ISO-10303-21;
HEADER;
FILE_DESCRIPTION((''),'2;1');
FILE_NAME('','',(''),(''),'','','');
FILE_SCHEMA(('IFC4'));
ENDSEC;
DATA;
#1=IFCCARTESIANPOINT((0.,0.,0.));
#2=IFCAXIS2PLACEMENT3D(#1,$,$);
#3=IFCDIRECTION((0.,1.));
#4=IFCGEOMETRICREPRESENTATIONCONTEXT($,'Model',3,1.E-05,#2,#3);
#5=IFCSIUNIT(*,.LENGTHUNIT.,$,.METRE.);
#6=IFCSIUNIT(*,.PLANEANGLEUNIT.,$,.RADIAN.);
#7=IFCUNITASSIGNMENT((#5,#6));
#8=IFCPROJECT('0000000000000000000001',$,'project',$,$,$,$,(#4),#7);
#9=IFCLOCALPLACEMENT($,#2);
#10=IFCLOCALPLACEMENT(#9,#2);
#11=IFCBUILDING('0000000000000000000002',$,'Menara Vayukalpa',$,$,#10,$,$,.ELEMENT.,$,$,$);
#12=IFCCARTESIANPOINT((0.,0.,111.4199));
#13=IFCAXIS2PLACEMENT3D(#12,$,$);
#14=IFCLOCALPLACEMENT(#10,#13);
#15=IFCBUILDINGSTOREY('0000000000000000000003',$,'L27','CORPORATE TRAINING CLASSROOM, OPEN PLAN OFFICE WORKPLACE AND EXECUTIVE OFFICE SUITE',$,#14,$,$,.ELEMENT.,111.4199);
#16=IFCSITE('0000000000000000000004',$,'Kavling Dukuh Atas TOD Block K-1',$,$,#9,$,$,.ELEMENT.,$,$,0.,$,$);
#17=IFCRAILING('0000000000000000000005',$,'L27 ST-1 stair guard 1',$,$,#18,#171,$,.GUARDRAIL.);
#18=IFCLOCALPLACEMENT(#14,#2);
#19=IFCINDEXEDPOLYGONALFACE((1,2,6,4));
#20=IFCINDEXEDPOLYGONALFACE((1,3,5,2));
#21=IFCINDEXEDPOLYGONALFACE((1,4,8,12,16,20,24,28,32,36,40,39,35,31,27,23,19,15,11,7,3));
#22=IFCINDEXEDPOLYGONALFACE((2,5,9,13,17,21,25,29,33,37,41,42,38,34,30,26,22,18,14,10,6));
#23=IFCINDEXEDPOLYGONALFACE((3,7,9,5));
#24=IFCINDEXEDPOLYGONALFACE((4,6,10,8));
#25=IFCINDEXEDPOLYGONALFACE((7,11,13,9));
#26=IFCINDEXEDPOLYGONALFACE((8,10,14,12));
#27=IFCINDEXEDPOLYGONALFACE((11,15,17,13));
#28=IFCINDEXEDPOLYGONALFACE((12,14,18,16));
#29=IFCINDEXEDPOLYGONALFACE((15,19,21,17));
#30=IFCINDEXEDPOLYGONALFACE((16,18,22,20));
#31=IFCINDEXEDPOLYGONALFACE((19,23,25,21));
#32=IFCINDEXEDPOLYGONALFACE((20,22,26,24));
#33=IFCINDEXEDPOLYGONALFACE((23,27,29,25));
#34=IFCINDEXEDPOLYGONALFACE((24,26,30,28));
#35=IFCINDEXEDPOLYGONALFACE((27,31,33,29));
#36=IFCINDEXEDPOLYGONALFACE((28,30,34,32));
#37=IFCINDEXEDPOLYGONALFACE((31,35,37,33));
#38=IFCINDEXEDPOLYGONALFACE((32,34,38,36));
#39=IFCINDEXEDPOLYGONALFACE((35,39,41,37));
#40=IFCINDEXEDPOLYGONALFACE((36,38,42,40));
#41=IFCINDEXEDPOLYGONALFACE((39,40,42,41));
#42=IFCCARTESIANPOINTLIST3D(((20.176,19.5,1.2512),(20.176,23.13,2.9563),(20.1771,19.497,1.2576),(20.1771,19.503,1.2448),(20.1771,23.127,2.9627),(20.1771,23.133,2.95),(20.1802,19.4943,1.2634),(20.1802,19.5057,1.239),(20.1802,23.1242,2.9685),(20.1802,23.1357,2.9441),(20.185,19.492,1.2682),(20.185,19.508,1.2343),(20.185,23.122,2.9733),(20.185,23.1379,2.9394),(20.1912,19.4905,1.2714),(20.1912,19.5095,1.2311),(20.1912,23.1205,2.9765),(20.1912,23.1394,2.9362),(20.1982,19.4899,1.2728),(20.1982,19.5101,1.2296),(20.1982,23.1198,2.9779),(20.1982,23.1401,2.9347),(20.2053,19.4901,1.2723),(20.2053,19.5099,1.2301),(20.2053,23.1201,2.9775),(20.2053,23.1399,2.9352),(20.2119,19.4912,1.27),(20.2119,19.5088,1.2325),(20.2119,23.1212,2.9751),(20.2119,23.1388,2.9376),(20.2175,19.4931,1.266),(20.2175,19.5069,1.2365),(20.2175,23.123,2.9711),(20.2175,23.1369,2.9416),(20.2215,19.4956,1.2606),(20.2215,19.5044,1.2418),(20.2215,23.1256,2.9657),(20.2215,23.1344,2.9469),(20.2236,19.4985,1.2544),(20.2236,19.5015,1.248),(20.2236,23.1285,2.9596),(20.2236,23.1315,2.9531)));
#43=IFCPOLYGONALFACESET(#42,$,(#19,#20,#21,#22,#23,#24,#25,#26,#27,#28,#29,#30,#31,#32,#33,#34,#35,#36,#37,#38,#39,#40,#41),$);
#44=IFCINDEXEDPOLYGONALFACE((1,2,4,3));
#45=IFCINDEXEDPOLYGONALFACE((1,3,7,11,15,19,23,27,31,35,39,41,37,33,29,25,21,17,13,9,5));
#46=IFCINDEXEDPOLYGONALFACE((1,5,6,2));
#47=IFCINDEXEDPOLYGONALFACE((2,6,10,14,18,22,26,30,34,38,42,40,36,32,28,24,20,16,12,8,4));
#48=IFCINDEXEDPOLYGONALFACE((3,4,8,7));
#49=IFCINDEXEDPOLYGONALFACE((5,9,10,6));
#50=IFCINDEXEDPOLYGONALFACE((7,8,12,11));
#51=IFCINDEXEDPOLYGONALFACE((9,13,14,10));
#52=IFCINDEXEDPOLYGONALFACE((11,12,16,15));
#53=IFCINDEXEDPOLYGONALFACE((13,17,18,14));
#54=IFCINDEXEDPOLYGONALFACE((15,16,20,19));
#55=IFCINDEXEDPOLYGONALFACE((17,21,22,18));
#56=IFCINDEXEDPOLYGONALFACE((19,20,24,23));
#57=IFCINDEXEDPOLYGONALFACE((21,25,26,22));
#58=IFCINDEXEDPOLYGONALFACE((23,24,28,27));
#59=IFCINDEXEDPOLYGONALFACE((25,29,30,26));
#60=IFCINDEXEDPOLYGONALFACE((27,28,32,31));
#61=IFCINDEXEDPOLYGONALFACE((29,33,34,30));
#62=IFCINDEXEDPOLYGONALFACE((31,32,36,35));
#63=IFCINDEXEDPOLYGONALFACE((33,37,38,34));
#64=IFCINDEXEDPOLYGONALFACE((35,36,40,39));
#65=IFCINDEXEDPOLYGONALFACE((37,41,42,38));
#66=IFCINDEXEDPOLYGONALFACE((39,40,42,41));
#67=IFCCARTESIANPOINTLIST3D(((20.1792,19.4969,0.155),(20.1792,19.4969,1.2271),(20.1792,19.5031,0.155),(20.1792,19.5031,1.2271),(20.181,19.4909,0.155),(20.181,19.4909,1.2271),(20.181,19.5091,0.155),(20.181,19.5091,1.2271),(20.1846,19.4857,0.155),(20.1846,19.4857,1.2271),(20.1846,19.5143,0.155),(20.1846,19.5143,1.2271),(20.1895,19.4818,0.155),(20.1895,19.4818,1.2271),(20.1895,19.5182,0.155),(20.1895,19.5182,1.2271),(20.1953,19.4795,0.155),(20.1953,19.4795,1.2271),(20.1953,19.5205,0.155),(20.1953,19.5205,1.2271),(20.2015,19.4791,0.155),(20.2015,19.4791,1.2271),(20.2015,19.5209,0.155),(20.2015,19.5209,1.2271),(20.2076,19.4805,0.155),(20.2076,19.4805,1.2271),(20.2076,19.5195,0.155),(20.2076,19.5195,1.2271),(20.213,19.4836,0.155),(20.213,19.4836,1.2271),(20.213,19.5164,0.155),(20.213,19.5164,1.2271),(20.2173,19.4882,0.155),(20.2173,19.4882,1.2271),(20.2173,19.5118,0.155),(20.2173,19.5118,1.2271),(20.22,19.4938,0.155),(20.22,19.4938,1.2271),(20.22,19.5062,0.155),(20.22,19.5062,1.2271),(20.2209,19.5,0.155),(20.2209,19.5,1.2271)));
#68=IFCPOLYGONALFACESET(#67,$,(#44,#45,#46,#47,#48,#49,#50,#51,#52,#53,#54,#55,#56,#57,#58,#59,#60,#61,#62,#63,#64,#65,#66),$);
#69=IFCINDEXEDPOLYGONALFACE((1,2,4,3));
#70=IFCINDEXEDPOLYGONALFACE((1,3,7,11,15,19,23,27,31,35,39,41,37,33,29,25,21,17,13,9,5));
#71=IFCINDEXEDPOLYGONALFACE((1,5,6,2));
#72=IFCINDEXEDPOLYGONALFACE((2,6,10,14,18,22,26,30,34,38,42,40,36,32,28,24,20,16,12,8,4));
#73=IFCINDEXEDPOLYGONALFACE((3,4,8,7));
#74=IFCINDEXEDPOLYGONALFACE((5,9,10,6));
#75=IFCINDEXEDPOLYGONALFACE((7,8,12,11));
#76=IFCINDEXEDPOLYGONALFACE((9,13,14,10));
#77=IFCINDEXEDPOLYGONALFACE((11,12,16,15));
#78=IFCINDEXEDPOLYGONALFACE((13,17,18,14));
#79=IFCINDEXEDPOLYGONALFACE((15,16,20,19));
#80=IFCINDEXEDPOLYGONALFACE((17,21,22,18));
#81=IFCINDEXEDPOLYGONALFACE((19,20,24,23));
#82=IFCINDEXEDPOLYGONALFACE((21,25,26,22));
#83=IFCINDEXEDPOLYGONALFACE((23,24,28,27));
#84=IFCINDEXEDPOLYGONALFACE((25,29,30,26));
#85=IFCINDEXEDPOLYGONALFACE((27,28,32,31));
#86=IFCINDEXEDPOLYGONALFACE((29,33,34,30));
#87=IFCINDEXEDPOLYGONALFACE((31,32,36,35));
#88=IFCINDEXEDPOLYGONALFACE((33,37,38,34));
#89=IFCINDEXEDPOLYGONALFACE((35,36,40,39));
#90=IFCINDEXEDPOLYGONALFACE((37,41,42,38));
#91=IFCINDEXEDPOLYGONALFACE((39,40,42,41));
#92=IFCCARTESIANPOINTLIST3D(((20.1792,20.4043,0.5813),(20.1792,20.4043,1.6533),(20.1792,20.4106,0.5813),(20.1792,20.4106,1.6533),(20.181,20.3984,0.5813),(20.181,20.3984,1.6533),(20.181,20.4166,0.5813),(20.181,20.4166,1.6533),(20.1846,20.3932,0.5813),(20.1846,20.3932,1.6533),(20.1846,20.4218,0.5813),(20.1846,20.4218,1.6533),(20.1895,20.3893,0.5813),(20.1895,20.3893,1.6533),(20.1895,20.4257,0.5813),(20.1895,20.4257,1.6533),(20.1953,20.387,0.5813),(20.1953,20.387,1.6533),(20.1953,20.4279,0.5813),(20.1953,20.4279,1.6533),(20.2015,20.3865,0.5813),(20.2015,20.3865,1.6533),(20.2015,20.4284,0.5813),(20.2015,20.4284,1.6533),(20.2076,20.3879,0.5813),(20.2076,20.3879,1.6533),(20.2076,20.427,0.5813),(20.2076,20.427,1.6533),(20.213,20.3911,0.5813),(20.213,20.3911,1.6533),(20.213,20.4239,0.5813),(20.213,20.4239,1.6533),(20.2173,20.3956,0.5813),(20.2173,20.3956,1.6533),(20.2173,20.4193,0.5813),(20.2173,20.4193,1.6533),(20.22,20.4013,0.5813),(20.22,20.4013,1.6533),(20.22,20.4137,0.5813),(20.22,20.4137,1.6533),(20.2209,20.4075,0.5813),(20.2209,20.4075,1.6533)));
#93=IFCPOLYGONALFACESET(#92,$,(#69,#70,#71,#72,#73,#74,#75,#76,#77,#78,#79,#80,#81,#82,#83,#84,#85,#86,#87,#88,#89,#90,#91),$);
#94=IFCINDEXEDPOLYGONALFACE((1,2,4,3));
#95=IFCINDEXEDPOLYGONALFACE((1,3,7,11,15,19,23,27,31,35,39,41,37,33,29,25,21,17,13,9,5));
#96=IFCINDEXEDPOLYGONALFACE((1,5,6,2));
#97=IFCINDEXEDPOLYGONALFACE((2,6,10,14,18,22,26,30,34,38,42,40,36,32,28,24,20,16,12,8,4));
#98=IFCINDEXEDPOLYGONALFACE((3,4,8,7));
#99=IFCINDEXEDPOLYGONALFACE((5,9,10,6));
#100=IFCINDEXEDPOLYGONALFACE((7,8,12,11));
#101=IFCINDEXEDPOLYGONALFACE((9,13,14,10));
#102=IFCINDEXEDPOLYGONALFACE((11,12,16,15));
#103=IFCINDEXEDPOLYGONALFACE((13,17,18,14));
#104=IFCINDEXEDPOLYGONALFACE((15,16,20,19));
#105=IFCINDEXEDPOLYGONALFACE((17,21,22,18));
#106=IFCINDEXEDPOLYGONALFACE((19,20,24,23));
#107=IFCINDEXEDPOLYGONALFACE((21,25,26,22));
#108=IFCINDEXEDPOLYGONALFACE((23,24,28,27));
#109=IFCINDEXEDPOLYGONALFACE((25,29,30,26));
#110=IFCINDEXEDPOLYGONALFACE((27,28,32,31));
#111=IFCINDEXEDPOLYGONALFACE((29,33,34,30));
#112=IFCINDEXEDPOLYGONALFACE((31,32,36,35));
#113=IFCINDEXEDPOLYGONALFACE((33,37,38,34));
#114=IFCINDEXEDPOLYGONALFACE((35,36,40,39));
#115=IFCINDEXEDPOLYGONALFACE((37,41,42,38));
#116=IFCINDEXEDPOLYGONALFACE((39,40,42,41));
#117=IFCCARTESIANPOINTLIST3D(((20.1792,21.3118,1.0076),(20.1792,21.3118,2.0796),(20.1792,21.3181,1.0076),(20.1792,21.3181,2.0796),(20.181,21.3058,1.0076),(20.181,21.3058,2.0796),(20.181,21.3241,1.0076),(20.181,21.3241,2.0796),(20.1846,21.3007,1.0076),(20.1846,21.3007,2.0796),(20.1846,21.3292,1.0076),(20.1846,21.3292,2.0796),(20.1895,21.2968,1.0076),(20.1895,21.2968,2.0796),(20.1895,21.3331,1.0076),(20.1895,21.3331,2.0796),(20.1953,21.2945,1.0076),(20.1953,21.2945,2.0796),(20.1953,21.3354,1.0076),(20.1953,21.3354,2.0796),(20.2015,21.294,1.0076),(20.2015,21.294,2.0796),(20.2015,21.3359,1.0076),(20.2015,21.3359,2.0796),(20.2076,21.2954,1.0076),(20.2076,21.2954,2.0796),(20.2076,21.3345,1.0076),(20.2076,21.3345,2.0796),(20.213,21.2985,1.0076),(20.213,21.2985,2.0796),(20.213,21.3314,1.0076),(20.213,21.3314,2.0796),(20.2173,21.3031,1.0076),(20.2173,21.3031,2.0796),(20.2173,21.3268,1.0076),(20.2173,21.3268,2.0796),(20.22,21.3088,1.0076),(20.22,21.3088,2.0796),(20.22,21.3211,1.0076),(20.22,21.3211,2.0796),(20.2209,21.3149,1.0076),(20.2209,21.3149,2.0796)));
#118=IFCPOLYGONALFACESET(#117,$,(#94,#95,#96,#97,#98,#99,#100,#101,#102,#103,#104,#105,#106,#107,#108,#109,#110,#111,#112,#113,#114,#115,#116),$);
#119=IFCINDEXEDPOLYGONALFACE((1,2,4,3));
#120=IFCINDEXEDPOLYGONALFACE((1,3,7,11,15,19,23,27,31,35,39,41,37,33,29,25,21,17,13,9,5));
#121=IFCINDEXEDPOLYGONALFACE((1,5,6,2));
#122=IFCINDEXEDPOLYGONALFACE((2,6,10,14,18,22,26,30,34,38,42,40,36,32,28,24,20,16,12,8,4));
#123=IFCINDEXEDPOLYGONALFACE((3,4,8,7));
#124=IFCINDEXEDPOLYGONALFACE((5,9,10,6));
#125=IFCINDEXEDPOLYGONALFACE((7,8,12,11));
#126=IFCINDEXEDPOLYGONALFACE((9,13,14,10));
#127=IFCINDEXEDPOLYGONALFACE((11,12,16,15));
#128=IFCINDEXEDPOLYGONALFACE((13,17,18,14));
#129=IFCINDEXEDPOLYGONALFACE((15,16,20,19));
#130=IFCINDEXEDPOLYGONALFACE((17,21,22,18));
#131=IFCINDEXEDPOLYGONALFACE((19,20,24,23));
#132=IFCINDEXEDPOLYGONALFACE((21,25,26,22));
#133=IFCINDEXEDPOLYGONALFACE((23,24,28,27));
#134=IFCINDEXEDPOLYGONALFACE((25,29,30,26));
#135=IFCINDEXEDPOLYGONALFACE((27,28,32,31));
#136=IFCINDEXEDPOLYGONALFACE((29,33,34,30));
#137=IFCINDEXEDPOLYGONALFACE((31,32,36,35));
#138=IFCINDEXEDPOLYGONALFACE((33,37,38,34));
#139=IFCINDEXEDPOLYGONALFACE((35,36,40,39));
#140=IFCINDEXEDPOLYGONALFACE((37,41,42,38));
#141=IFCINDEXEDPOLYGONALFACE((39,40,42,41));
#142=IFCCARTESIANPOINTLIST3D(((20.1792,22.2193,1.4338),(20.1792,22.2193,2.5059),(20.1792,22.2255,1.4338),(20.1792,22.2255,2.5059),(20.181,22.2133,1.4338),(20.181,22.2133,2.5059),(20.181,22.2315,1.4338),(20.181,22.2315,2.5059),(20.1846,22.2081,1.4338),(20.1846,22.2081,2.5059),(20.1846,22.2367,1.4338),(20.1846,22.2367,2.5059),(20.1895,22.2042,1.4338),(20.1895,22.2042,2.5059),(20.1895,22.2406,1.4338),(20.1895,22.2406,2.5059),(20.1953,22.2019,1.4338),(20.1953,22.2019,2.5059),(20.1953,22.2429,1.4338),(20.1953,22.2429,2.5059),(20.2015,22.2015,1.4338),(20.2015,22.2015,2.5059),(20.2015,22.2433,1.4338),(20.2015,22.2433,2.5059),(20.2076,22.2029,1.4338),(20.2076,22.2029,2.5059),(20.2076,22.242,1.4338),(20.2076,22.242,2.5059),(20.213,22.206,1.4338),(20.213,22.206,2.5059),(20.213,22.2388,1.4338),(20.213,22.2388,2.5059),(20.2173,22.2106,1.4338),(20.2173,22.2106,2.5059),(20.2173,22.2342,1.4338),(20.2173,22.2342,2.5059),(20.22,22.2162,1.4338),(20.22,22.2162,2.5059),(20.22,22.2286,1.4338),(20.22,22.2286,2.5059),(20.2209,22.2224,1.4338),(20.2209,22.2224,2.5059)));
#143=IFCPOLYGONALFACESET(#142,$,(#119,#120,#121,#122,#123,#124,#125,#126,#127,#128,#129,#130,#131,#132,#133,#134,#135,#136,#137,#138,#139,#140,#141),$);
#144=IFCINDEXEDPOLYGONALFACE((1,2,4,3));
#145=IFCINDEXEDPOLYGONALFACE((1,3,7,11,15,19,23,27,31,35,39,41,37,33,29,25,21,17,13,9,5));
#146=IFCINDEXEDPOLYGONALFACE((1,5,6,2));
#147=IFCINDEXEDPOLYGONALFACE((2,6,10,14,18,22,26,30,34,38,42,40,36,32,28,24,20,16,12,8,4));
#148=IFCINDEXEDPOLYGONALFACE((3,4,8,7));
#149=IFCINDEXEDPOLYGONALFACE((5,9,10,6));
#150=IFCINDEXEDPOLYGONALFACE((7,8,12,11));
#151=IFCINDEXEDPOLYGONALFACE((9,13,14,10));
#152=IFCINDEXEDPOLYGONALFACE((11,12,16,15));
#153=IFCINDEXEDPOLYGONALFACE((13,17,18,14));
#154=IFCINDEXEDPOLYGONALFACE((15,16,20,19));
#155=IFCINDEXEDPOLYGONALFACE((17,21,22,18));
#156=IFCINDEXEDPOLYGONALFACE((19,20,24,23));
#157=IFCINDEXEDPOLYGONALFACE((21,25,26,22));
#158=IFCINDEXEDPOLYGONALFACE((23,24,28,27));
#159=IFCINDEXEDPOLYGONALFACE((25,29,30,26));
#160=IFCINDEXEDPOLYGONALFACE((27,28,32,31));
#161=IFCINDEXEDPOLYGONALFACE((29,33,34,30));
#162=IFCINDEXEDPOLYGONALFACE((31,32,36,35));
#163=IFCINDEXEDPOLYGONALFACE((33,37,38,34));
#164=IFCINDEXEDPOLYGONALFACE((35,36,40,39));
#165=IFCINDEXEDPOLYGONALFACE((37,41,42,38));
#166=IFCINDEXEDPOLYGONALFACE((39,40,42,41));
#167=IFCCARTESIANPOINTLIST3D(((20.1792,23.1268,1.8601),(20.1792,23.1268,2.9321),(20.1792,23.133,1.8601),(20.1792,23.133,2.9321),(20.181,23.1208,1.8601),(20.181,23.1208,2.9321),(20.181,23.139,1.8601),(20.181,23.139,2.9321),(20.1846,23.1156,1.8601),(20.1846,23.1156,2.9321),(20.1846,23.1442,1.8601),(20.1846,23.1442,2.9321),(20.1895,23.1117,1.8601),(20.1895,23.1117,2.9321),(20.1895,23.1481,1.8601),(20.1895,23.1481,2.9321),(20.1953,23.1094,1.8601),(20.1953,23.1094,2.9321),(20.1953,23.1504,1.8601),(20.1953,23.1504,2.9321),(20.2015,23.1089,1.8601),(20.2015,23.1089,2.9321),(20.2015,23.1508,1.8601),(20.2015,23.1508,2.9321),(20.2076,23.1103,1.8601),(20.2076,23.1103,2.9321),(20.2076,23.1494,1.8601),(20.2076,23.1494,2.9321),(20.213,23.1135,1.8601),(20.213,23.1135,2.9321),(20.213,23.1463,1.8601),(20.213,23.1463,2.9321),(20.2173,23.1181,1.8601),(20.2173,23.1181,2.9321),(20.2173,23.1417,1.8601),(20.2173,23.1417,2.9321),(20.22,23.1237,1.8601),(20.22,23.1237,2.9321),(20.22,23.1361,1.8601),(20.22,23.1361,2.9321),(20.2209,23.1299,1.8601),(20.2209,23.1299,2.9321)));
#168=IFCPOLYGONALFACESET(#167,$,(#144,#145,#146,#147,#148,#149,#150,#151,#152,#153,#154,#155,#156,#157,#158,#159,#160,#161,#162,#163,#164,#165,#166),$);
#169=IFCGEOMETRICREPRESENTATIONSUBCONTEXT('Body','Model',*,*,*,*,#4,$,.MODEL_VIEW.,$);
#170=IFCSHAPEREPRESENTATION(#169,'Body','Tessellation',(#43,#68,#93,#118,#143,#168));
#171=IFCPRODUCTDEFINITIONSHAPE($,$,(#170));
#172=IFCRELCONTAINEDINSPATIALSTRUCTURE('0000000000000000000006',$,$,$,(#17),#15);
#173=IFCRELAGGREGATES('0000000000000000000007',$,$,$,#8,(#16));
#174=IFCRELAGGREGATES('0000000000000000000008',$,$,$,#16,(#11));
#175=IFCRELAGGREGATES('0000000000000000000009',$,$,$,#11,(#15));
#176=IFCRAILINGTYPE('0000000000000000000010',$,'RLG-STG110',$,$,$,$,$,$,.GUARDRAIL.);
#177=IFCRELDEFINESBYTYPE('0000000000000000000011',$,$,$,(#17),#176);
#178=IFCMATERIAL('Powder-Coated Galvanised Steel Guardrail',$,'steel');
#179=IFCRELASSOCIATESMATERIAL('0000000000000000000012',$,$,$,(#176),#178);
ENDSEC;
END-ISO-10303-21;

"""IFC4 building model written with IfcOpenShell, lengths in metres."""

from ifc_helpers import new_model, si_unit, direction, frame, origin, origin_2d, place, context, subcontext, project, spatial, circle, extrude, material, type_object, element, save


model = new_model("IFC4")

# Units and contexts
model_context = context("Model", 3, precision=1e-05, world=origin(), true_north=direction((0.0, 1.0)))
body_context = subcontext(model_context, "Body", "Model", "MODEL_VIEW")
ifc_project = project(units=[si_unit("LENGTHUNIT", "METRE"), si_unit("PLANEANGLEUNIT", "RADIAN")], contexts=[model_context])

# Site, building, storey
site_placement = place(None, origin())
site = spatial("IfcSite", under=ifc_project, at=site_placement, Name="Kavling Dukuh Atas TOD Block K-1", CompositionType="ELEMENT", RefElevation=0.0)
building_placement = place(site_placement, origin())
building = spatial("IfcBuilding", under=site, at=building_placement, Name="Menara Vayukalpa", CompositionType="ELEMENT")
storey_placement = place(building_placement, frame((0.0, 0.0, 111.4199)))
storey = spatial("IfcBuildingStorey", under=building, at=storey_placement, Name="L27", Description="CORPORATE TRAINING CLASSROOM, OPEN PLAN OFFICE WORKPLACE AND EXECUTIVE OFFICE SUITE", CompositionType="ELEMENT", Elevation=111.4199)

# Railing
ifc_material_1 = material(Name="Powder-Coated Galvanised Steel Guardrail", Category="steel")
railing_type_1 = type_object("IfcRailingType", Name="RLG-STG110", PredefinedType="GUARDRAIL", material=ifc_material_1)
railing_1_placement = place(storey_placement, frame((20.2, 19.5, 0.155)))
element("IfcRailing", 1, at=railing_1_placement, inside=storey, type_object=railing_type_1, Name="L27 ST-1 stair guard 1", PredefinedType="GUARDRAIL", context=body_context, shape_type="SweptSolid", body=[
    extrude(circle(Radius=0.0239, at=origin_2d()), frame((0.0, 0.0, 1.0962), z_axis=(0.0, 0.905116, 0.425164), x_axis=(-1.0, 0.0, 0.0)), (0.0, 0.0, 1.0), 4.0105),
    extrude(circle(Radius=0.021, at=origin_2d()), origin(), (0.0, 0.0, 1.0), 1.072),
    extrude(circle(Radius=0.021, at=origin_2d()), frame((0.0, 0.9075, 0.4263)), (0.0, 0.0, 1.0), 1.072),
    extrude(circle(Radius=0.021, at=origin_2d()), frame((0.0, 1.8149, 0.8525)), (0.0, 0.0, 1.0), 1.072),
    extrude(circle(Radius=0.021, at=origin_2d()), frame((0.0, 2.7224, 1.2788)), (0.0, 0.0, 1.0), 1.072),
    extrude(circle(Radius=0.021, at=origin_2d()), frame((0.0, 3.6299, 1.7051)), (0.0, 0.0, 1.0), 1.072),
])

save(model, "model.ifc")
